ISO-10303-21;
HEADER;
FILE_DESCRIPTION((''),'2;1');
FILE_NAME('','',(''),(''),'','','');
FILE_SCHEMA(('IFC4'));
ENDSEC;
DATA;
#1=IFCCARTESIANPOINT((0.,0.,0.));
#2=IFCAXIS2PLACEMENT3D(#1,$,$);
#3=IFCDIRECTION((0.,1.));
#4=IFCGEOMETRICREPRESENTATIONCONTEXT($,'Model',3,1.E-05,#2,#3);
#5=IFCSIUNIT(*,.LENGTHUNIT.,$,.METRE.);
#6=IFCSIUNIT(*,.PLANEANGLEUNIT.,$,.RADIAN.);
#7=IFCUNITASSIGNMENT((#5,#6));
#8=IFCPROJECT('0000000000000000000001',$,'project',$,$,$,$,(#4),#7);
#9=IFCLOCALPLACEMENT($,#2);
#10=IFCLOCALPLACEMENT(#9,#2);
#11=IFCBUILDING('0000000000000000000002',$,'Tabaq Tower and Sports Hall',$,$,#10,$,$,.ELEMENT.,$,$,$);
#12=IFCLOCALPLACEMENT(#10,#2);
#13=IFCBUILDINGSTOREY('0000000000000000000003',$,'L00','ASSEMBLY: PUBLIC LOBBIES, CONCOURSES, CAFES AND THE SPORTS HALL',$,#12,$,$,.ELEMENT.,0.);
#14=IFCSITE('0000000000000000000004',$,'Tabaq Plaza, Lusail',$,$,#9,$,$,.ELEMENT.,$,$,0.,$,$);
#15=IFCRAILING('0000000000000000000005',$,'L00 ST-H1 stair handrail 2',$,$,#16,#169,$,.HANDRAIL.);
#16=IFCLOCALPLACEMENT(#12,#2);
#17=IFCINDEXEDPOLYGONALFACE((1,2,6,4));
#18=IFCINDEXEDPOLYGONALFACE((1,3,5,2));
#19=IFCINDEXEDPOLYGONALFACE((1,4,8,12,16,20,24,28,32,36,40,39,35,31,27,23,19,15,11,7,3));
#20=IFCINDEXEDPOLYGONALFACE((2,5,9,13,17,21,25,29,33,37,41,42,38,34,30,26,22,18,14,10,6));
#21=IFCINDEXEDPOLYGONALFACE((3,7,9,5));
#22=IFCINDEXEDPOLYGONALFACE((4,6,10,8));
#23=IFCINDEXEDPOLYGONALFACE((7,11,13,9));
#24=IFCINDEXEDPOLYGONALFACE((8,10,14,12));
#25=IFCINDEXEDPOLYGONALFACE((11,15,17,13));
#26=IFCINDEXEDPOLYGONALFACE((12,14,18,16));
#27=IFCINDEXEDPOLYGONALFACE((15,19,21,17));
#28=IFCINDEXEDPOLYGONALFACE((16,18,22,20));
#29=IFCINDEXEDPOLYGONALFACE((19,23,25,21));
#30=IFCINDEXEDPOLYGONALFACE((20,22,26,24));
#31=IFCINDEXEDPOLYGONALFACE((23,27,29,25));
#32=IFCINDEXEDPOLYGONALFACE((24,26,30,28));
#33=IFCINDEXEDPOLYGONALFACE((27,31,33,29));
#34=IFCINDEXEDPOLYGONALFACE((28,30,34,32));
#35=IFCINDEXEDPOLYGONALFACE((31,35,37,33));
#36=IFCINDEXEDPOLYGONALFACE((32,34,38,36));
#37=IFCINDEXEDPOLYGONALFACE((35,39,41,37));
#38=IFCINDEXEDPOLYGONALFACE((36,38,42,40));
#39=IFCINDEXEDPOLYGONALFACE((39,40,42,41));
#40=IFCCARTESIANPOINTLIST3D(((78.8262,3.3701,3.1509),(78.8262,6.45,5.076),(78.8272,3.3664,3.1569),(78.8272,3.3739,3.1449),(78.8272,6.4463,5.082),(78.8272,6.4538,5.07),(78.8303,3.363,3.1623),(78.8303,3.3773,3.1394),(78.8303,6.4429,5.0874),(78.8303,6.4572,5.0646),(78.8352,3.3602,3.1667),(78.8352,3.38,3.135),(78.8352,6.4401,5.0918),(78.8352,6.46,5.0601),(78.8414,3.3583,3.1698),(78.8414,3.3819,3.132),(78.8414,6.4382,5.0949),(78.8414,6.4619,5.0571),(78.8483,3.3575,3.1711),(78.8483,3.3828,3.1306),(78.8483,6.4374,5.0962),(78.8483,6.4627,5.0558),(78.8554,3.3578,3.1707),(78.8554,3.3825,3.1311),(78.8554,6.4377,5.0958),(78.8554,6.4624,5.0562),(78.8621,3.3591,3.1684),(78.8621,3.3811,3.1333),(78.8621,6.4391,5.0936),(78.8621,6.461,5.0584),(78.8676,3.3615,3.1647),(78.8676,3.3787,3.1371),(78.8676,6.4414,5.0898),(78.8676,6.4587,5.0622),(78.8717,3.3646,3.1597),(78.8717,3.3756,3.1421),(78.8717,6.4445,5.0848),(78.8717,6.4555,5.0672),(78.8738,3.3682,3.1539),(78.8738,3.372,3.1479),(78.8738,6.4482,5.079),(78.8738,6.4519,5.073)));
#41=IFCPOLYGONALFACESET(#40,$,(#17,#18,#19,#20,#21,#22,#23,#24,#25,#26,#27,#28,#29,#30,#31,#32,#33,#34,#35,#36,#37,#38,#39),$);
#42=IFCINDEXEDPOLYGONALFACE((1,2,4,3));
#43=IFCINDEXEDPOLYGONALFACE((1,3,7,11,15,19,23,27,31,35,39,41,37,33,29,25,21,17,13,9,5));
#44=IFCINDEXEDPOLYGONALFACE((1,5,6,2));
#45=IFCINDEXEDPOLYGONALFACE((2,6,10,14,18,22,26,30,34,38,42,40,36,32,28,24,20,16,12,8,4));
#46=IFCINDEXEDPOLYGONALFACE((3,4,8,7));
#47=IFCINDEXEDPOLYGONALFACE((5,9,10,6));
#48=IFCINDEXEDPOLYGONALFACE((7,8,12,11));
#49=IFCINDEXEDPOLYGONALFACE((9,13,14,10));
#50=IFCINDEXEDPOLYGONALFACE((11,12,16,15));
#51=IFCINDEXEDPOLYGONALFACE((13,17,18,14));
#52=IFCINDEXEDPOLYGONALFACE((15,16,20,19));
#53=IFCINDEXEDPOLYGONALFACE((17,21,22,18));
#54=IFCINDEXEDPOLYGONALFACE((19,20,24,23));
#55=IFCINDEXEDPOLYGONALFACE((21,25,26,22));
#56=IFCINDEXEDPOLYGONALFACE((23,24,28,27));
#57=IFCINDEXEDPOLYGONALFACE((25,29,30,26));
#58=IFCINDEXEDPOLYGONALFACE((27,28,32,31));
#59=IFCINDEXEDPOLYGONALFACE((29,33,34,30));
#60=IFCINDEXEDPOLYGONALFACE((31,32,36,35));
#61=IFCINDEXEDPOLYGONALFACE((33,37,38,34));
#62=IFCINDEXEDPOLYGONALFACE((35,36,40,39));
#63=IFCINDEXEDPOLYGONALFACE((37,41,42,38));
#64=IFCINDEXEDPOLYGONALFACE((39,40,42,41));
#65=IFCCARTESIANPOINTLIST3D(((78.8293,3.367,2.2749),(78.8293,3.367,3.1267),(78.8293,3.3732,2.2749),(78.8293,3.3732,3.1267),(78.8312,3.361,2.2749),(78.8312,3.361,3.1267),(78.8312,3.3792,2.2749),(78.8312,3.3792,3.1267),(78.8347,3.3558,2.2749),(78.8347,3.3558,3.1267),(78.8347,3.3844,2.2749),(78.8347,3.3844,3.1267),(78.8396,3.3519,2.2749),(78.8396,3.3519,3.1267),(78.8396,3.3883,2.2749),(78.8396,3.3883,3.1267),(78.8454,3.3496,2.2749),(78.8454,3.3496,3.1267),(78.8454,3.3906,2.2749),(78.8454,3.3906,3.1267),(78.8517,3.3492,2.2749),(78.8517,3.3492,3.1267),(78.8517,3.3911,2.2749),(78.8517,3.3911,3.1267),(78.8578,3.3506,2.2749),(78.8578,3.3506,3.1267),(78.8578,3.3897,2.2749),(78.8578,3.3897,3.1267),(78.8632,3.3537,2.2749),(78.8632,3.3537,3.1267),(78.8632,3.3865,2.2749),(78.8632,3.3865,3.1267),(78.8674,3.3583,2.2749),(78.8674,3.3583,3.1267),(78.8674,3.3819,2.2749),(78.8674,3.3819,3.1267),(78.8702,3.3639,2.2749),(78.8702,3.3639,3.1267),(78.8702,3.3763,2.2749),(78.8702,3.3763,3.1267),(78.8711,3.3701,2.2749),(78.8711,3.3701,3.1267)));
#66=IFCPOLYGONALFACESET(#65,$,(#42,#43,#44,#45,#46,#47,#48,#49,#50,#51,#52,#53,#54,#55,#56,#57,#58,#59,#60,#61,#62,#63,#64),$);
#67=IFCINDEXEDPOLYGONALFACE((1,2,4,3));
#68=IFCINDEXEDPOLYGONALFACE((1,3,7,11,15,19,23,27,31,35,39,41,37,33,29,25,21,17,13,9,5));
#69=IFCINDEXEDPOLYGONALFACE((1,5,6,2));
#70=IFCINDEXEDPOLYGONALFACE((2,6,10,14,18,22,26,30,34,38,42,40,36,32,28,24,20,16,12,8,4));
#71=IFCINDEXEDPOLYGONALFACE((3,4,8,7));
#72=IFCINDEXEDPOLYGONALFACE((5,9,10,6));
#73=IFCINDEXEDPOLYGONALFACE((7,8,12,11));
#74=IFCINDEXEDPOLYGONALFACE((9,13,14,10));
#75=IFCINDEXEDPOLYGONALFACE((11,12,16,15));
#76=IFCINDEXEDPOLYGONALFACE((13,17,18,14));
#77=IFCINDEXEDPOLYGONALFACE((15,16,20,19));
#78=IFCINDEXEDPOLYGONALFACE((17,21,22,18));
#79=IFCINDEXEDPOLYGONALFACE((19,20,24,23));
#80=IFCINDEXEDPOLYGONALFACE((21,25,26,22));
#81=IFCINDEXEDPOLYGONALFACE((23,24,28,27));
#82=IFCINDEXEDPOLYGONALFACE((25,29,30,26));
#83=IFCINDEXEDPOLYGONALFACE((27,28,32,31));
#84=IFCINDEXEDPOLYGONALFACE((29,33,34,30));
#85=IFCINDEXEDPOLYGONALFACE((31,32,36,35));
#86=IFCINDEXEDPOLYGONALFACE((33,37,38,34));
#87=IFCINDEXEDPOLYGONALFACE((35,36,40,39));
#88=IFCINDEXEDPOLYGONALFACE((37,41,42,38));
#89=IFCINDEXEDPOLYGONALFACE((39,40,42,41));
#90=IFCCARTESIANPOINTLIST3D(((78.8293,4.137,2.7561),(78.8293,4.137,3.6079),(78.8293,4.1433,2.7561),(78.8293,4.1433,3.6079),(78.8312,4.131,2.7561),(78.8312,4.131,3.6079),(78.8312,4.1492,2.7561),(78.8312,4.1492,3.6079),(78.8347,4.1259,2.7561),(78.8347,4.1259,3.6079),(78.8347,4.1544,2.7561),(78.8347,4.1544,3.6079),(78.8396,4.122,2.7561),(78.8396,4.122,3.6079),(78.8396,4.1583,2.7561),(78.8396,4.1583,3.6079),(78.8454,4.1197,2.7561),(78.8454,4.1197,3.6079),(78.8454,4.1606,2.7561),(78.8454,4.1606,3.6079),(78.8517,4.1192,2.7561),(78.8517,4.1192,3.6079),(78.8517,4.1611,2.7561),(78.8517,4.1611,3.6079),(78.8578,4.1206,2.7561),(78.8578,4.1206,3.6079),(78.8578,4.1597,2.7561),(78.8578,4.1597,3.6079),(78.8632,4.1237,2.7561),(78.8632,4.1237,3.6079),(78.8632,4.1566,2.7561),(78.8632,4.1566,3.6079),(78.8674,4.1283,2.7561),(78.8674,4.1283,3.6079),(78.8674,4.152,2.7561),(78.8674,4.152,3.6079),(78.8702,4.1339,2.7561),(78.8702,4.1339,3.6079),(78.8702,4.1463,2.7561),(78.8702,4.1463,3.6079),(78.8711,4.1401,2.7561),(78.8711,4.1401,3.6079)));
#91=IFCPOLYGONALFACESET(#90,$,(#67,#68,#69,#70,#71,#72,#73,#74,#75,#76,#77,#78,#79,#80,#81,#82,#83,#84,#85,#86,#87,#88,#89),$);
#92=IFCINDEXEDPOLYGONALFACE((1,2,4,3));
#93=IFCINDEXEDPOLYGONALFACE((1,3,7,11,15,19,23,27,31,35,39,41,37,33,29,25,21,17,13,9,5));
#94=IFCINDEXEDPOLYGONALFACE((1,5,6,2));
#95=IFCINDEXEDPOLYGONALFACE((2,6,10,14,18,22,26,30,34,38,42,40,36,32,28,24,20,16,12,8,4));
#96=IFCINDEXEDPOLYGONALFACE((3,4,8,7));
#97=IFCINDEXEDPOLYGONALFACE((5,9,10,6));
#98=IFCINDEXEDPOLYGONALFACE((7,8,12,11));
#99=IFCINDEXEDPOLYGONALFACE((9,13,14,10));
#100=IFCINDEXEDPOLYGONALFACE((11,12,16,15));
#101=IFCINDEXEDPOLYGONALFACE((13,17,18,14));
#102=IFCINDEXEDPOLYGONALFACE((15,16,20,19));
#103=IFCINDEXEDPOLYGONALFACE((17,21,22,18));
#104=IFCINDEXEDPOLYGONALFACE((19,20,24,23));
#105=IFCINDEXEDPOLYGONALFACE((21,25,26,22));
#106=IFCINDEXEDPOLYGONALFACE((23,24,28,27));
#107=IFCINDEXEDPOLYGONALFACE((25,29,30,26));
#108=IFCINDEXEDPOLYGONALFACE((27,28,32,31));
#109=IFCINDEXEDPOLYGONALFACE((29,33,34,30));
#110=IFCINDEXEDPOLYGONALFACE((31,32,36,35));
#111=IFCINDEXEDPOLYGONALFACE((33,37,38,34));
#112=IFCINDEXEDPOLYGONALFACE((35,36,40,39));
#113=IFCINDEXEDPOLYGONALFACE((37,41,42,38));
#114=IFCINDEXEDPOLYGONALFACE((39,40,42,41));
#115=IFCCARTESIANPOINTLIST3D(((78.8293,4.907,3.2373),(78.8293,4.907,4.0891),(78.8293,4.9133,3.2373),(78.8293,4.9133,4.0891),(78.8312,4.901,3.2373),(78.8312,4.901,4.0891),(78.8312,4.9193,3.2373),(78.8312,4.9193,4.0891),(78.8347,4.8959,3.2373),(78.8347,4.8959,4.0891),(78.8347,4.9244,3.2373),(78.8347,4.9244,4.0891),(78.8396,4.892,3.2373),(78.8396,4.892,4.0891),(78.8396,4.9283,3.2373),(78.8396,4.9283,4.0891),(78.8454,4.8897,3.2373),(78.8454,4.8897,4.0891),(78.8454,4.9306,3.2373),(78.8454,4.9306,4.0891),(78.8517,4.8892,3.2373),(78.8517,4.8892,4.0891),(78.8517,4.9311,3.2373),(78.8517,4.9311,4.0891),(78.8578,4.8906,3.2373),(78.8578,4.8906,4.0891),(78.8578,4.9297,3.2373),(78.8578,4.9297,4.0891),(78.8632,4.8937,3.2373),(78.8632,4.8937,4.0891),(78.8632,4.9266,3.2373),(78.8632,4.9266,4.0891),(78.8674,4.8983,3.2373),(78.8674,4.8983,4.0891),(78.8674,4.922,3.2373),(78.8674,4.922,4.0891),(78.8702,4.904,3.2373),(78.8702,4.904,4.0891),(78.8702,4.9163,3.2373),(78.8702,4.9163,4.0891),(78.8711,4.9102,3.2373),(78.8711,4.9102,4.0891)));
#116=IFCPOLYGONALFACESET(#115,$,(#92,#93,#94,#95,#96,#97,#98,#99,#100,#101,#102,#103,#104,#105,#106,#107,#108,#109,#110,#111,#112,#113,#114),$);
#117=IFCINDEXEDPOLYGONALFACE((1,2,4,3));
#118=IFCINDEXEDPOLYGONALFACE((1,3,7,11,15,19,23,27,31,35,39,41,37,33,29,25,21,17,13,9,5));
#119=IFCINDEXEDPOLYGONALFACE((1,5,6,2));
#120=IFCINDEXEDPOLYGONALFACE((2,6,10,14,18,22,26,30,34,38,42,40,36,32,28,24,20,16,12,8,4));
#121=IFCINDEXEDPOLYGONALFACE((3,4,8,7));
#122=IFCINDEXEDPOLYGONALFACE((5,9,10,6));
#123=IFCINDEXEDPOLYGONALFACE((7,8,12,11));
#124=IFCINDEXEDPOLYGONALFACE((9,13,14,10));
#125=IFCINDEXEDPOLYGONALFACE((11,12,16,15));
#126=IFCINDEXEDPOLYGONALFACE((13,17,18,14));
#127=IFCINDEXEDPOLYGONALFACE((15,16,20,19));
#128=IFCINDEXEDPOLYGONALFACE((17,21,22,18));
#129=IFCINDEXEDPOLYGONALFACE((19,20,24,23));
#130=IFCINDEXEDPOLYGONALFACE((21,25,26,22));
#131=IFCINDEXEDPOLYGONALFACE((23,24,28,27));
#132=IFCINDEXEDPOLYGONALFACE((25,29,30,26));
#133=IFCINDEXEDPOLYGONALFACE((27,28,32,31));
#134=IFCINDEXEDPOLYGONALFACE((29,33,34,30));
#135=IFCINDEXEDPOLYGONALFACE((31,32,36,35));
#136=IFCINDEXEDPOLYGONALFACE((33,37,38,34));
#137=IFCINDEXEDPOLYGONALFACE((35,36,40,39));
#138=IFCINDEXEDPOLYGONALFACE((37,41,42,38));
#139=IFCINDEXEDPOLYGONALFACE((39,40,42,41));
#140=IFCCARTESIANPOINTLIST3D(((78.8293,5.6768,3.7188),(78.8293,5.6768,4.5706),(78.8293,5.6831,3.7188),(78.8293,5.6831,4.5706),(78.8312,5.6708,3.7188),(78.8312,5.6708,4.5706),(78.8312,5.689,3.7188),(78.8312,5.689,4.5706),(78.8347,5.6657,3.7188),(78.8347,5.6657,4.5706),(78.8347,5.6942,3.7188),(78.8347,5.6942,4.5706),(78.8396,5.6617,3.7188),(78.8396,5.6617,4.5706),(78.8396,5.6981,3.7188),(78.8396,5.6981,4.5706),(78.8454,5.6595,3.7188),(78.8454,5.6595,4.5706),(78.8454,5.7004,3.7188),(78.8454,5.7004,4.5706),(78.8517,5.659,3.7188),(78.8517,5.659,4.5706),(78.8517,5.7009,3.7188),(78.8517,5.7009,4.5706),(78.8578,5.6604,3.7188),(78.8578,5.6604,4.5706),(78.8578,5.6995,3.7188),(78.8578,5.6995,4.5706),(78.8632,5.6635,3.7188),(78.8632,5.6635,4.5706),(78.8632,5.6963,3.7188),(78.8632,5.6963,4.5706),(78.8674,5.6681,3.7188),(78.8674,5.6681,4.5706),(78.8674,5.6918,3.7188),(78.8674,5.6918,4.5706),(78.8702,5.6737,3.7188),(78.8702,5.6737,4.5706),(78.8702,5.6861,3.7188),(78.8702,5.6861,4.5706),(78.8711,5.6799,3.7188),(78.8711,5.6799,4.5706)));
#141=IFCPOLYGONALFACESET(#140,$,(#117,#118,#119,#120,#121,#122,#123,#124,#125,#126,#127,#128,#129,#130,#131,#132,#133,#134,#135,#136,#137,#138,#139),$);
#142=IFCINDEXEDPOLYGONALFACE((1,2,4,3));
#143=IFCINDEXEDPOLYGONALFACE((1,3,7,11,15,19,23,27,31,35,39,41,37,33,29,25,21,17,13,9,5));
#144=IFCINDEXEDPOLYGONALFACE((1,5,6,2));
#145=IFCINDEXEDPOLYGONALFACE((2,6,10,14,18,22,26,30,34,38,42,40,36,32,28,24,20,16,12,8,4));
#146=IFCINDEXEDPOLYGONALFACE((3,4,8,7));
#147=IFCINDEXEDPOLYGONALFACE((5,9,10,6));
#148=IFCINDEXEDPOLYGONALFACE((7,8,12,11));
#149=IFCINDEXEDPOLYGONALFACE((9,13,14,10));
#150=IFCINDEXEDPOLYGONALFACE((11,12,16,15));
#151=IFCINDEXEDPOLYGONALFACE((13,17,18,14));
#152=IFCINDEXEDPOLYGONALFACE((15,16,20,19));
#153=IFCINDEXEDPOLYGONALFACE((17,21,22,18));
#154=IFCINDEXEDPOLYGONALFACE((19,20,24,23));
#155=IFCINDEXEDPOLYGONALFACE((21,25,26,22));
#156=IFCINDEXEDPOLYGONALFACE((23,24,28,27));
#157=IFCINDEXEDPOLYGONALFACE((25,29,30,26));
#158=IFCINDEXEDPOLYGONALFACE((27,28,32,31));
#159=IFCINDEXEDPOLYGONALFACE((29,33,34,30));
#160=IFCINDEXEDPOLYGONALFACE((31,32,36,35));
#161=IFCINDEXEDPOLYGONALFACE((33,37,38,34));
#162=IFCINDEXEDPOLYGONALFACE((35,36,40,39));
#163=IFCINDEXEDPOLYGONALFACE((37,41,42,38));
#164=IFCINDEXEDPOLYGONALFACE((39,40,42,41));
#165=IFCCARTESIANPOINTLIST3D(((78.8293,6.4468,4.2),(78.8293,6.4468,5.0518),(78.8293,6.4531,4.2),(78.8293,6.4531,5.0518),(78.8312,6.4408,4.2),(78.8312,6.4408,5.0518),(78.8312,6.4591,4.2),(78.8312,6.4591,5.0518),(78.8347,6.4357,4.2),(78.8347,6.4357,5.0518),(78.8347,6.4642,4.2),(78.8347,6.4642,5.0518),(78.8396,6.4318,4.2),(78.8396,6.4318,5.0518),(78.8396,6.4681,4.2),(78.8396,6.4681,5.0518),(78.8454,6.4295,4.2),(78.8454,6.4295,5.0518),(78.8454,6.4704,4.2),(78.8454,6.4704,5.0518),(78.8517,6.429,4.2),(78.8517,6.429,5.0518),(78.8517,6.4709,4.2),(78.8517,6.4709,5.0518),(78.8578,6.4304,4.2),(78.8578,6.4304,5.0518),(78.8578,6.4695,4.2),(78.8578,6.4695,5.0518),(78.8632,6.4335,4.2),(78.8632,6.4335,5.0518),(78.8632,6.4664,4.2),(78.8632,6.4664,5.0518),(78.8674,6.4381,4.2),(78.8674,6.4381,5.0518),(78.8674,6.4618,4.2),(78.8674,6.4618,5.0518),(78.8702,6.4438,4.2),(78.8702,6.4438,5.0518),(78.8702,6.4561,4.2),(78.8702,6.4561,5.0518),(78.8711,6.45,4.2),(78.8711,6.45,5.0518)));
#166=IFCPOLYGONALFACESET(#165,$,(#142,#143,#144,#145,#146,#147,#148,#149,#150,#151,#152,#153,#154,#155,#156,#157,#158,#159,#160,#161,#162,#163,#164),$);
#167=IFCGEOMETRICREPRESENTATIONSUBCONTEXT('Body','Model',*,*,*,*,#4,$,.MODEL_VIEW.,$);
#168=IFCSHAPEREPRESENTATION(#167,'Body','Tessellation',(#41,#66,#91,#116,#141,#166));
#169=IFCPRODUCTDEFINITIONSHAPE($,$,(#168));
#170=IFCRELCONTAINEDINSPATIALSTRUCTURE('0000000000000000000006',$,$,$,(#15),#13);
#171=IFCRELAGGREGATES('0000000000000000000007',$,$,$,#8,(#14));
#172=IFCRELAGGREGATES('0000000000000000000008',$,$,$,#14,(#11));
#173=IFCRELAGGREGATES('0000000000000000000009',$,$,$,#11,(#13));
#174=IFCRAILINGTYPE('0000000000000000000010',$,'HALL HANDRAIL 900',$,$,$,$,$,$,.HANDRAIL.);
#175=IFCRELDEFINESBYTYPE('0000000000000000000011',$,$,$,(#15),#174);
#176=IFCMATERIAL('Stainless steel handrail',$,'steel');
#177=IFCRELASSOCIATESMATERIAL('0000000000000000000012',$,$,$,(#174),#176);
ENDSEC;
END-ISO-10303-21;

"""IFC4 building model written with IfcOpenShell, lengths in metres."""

from ifc_helpers import new_model, si_unit, direction, frame, origin, origin_2d, place, context, subcontext, project, spatial, circle, extrude, material, type_object, element, save


model = new_model("IFC4")

# Units and contexts
model_context = context("Model", 3, precision=1e-05, world=origin(), true_north=direction((0.0, 1.0)))
body_context = subcontext(model_context, "Body", "Model", "MODEL_VIEW")
ifc_project = project(units=[si_unit("LENGTHUNIT", "METRE"), si_unit("PLANEANGLEUNIT", "RADIAN")], contexts=[model_context])

# Site, building, storey
site_placement = place(None, origin())
site = spatial("IfcSite", under=ifc_project, at=site_placement, Name="Tabaq Plaza, Lusail", CompositionType="ELEMENT", RefElevation=0.0)
building_placement = place(site_placement, origin())
building = spatial("IfcBuilding", under=site, at=building_placement, Name="Tabaq Tower and Sports Hall", CompositionType="ELEMENT")
storey_placement = place(building_placement, origin())
storey = spatial("IfcBuildingStorey", under=building, at=storey_placement, Name="L00", Description="ASSEMBLY: PUBLIC LOBBIES, CONCOURSES, CAFES AND THE SPORTS HALL", CompositionType="ELEMENT", Elevation=0.0)

# Railing
ifc_material_1 = material(Name="Stainless steel handrail", Category="steel")
railing_type_1 = type_object("IfcRailingType", Name="HALL HANDRAIL 900", PredefinedType="HANDRAIL", material=ifc_material_1)
railing_1_placement = place(storey_placement, frame((78.8501, 3.3701, 2.2749)))
element("IfcRailing", 1, at=railing_1_placement, inside=storey, type_object=railing_type_1, Name="L00 ST-H1 stair handrail 2", PredefinedType="HANDRAIL", context=body_context, shape_type="SweptSolid", body=[
    extrude(circle(Radius=0.0239, at=origin_2d()), frame((0.0, 0.0, 0.876), z_axis=(0.0, 0.847979, 0.530029), x_axis=(-1.0, 0.0, 0.0)), (0.0, 0.0, 1.0), 3.6321),
    extrude(circle(Radius=0.021, at=origin_2d()), origin(), (0.0, 0.0, 1.0), 0.8518),
    extrude(circle(Radius=0.021, at=origin_2d()), frame((0.0, 0.77, 0.4812)), (0.0, 0.0, 1.0), 0.8518),
    extrude(circle(Radius=0.021, at=origin_2d()), frame((0.0, 1.54, 0.9624)), (0.0, 0.0, 1.0), 0.8518),
    extrude(circle(Radius=0.021, at=origin_2d()), frame((0.0, 2.3098, 1.4438)), (0.0, 0.0, 1.0), 0.8518),
    extrude(circle(Radius=0.021, at=origin_2d()), frame((0.0, 3.0798, 1.925)), (0.0, 0.0, 1.0), 0.8518),
])

save(model, "model.ifc")
